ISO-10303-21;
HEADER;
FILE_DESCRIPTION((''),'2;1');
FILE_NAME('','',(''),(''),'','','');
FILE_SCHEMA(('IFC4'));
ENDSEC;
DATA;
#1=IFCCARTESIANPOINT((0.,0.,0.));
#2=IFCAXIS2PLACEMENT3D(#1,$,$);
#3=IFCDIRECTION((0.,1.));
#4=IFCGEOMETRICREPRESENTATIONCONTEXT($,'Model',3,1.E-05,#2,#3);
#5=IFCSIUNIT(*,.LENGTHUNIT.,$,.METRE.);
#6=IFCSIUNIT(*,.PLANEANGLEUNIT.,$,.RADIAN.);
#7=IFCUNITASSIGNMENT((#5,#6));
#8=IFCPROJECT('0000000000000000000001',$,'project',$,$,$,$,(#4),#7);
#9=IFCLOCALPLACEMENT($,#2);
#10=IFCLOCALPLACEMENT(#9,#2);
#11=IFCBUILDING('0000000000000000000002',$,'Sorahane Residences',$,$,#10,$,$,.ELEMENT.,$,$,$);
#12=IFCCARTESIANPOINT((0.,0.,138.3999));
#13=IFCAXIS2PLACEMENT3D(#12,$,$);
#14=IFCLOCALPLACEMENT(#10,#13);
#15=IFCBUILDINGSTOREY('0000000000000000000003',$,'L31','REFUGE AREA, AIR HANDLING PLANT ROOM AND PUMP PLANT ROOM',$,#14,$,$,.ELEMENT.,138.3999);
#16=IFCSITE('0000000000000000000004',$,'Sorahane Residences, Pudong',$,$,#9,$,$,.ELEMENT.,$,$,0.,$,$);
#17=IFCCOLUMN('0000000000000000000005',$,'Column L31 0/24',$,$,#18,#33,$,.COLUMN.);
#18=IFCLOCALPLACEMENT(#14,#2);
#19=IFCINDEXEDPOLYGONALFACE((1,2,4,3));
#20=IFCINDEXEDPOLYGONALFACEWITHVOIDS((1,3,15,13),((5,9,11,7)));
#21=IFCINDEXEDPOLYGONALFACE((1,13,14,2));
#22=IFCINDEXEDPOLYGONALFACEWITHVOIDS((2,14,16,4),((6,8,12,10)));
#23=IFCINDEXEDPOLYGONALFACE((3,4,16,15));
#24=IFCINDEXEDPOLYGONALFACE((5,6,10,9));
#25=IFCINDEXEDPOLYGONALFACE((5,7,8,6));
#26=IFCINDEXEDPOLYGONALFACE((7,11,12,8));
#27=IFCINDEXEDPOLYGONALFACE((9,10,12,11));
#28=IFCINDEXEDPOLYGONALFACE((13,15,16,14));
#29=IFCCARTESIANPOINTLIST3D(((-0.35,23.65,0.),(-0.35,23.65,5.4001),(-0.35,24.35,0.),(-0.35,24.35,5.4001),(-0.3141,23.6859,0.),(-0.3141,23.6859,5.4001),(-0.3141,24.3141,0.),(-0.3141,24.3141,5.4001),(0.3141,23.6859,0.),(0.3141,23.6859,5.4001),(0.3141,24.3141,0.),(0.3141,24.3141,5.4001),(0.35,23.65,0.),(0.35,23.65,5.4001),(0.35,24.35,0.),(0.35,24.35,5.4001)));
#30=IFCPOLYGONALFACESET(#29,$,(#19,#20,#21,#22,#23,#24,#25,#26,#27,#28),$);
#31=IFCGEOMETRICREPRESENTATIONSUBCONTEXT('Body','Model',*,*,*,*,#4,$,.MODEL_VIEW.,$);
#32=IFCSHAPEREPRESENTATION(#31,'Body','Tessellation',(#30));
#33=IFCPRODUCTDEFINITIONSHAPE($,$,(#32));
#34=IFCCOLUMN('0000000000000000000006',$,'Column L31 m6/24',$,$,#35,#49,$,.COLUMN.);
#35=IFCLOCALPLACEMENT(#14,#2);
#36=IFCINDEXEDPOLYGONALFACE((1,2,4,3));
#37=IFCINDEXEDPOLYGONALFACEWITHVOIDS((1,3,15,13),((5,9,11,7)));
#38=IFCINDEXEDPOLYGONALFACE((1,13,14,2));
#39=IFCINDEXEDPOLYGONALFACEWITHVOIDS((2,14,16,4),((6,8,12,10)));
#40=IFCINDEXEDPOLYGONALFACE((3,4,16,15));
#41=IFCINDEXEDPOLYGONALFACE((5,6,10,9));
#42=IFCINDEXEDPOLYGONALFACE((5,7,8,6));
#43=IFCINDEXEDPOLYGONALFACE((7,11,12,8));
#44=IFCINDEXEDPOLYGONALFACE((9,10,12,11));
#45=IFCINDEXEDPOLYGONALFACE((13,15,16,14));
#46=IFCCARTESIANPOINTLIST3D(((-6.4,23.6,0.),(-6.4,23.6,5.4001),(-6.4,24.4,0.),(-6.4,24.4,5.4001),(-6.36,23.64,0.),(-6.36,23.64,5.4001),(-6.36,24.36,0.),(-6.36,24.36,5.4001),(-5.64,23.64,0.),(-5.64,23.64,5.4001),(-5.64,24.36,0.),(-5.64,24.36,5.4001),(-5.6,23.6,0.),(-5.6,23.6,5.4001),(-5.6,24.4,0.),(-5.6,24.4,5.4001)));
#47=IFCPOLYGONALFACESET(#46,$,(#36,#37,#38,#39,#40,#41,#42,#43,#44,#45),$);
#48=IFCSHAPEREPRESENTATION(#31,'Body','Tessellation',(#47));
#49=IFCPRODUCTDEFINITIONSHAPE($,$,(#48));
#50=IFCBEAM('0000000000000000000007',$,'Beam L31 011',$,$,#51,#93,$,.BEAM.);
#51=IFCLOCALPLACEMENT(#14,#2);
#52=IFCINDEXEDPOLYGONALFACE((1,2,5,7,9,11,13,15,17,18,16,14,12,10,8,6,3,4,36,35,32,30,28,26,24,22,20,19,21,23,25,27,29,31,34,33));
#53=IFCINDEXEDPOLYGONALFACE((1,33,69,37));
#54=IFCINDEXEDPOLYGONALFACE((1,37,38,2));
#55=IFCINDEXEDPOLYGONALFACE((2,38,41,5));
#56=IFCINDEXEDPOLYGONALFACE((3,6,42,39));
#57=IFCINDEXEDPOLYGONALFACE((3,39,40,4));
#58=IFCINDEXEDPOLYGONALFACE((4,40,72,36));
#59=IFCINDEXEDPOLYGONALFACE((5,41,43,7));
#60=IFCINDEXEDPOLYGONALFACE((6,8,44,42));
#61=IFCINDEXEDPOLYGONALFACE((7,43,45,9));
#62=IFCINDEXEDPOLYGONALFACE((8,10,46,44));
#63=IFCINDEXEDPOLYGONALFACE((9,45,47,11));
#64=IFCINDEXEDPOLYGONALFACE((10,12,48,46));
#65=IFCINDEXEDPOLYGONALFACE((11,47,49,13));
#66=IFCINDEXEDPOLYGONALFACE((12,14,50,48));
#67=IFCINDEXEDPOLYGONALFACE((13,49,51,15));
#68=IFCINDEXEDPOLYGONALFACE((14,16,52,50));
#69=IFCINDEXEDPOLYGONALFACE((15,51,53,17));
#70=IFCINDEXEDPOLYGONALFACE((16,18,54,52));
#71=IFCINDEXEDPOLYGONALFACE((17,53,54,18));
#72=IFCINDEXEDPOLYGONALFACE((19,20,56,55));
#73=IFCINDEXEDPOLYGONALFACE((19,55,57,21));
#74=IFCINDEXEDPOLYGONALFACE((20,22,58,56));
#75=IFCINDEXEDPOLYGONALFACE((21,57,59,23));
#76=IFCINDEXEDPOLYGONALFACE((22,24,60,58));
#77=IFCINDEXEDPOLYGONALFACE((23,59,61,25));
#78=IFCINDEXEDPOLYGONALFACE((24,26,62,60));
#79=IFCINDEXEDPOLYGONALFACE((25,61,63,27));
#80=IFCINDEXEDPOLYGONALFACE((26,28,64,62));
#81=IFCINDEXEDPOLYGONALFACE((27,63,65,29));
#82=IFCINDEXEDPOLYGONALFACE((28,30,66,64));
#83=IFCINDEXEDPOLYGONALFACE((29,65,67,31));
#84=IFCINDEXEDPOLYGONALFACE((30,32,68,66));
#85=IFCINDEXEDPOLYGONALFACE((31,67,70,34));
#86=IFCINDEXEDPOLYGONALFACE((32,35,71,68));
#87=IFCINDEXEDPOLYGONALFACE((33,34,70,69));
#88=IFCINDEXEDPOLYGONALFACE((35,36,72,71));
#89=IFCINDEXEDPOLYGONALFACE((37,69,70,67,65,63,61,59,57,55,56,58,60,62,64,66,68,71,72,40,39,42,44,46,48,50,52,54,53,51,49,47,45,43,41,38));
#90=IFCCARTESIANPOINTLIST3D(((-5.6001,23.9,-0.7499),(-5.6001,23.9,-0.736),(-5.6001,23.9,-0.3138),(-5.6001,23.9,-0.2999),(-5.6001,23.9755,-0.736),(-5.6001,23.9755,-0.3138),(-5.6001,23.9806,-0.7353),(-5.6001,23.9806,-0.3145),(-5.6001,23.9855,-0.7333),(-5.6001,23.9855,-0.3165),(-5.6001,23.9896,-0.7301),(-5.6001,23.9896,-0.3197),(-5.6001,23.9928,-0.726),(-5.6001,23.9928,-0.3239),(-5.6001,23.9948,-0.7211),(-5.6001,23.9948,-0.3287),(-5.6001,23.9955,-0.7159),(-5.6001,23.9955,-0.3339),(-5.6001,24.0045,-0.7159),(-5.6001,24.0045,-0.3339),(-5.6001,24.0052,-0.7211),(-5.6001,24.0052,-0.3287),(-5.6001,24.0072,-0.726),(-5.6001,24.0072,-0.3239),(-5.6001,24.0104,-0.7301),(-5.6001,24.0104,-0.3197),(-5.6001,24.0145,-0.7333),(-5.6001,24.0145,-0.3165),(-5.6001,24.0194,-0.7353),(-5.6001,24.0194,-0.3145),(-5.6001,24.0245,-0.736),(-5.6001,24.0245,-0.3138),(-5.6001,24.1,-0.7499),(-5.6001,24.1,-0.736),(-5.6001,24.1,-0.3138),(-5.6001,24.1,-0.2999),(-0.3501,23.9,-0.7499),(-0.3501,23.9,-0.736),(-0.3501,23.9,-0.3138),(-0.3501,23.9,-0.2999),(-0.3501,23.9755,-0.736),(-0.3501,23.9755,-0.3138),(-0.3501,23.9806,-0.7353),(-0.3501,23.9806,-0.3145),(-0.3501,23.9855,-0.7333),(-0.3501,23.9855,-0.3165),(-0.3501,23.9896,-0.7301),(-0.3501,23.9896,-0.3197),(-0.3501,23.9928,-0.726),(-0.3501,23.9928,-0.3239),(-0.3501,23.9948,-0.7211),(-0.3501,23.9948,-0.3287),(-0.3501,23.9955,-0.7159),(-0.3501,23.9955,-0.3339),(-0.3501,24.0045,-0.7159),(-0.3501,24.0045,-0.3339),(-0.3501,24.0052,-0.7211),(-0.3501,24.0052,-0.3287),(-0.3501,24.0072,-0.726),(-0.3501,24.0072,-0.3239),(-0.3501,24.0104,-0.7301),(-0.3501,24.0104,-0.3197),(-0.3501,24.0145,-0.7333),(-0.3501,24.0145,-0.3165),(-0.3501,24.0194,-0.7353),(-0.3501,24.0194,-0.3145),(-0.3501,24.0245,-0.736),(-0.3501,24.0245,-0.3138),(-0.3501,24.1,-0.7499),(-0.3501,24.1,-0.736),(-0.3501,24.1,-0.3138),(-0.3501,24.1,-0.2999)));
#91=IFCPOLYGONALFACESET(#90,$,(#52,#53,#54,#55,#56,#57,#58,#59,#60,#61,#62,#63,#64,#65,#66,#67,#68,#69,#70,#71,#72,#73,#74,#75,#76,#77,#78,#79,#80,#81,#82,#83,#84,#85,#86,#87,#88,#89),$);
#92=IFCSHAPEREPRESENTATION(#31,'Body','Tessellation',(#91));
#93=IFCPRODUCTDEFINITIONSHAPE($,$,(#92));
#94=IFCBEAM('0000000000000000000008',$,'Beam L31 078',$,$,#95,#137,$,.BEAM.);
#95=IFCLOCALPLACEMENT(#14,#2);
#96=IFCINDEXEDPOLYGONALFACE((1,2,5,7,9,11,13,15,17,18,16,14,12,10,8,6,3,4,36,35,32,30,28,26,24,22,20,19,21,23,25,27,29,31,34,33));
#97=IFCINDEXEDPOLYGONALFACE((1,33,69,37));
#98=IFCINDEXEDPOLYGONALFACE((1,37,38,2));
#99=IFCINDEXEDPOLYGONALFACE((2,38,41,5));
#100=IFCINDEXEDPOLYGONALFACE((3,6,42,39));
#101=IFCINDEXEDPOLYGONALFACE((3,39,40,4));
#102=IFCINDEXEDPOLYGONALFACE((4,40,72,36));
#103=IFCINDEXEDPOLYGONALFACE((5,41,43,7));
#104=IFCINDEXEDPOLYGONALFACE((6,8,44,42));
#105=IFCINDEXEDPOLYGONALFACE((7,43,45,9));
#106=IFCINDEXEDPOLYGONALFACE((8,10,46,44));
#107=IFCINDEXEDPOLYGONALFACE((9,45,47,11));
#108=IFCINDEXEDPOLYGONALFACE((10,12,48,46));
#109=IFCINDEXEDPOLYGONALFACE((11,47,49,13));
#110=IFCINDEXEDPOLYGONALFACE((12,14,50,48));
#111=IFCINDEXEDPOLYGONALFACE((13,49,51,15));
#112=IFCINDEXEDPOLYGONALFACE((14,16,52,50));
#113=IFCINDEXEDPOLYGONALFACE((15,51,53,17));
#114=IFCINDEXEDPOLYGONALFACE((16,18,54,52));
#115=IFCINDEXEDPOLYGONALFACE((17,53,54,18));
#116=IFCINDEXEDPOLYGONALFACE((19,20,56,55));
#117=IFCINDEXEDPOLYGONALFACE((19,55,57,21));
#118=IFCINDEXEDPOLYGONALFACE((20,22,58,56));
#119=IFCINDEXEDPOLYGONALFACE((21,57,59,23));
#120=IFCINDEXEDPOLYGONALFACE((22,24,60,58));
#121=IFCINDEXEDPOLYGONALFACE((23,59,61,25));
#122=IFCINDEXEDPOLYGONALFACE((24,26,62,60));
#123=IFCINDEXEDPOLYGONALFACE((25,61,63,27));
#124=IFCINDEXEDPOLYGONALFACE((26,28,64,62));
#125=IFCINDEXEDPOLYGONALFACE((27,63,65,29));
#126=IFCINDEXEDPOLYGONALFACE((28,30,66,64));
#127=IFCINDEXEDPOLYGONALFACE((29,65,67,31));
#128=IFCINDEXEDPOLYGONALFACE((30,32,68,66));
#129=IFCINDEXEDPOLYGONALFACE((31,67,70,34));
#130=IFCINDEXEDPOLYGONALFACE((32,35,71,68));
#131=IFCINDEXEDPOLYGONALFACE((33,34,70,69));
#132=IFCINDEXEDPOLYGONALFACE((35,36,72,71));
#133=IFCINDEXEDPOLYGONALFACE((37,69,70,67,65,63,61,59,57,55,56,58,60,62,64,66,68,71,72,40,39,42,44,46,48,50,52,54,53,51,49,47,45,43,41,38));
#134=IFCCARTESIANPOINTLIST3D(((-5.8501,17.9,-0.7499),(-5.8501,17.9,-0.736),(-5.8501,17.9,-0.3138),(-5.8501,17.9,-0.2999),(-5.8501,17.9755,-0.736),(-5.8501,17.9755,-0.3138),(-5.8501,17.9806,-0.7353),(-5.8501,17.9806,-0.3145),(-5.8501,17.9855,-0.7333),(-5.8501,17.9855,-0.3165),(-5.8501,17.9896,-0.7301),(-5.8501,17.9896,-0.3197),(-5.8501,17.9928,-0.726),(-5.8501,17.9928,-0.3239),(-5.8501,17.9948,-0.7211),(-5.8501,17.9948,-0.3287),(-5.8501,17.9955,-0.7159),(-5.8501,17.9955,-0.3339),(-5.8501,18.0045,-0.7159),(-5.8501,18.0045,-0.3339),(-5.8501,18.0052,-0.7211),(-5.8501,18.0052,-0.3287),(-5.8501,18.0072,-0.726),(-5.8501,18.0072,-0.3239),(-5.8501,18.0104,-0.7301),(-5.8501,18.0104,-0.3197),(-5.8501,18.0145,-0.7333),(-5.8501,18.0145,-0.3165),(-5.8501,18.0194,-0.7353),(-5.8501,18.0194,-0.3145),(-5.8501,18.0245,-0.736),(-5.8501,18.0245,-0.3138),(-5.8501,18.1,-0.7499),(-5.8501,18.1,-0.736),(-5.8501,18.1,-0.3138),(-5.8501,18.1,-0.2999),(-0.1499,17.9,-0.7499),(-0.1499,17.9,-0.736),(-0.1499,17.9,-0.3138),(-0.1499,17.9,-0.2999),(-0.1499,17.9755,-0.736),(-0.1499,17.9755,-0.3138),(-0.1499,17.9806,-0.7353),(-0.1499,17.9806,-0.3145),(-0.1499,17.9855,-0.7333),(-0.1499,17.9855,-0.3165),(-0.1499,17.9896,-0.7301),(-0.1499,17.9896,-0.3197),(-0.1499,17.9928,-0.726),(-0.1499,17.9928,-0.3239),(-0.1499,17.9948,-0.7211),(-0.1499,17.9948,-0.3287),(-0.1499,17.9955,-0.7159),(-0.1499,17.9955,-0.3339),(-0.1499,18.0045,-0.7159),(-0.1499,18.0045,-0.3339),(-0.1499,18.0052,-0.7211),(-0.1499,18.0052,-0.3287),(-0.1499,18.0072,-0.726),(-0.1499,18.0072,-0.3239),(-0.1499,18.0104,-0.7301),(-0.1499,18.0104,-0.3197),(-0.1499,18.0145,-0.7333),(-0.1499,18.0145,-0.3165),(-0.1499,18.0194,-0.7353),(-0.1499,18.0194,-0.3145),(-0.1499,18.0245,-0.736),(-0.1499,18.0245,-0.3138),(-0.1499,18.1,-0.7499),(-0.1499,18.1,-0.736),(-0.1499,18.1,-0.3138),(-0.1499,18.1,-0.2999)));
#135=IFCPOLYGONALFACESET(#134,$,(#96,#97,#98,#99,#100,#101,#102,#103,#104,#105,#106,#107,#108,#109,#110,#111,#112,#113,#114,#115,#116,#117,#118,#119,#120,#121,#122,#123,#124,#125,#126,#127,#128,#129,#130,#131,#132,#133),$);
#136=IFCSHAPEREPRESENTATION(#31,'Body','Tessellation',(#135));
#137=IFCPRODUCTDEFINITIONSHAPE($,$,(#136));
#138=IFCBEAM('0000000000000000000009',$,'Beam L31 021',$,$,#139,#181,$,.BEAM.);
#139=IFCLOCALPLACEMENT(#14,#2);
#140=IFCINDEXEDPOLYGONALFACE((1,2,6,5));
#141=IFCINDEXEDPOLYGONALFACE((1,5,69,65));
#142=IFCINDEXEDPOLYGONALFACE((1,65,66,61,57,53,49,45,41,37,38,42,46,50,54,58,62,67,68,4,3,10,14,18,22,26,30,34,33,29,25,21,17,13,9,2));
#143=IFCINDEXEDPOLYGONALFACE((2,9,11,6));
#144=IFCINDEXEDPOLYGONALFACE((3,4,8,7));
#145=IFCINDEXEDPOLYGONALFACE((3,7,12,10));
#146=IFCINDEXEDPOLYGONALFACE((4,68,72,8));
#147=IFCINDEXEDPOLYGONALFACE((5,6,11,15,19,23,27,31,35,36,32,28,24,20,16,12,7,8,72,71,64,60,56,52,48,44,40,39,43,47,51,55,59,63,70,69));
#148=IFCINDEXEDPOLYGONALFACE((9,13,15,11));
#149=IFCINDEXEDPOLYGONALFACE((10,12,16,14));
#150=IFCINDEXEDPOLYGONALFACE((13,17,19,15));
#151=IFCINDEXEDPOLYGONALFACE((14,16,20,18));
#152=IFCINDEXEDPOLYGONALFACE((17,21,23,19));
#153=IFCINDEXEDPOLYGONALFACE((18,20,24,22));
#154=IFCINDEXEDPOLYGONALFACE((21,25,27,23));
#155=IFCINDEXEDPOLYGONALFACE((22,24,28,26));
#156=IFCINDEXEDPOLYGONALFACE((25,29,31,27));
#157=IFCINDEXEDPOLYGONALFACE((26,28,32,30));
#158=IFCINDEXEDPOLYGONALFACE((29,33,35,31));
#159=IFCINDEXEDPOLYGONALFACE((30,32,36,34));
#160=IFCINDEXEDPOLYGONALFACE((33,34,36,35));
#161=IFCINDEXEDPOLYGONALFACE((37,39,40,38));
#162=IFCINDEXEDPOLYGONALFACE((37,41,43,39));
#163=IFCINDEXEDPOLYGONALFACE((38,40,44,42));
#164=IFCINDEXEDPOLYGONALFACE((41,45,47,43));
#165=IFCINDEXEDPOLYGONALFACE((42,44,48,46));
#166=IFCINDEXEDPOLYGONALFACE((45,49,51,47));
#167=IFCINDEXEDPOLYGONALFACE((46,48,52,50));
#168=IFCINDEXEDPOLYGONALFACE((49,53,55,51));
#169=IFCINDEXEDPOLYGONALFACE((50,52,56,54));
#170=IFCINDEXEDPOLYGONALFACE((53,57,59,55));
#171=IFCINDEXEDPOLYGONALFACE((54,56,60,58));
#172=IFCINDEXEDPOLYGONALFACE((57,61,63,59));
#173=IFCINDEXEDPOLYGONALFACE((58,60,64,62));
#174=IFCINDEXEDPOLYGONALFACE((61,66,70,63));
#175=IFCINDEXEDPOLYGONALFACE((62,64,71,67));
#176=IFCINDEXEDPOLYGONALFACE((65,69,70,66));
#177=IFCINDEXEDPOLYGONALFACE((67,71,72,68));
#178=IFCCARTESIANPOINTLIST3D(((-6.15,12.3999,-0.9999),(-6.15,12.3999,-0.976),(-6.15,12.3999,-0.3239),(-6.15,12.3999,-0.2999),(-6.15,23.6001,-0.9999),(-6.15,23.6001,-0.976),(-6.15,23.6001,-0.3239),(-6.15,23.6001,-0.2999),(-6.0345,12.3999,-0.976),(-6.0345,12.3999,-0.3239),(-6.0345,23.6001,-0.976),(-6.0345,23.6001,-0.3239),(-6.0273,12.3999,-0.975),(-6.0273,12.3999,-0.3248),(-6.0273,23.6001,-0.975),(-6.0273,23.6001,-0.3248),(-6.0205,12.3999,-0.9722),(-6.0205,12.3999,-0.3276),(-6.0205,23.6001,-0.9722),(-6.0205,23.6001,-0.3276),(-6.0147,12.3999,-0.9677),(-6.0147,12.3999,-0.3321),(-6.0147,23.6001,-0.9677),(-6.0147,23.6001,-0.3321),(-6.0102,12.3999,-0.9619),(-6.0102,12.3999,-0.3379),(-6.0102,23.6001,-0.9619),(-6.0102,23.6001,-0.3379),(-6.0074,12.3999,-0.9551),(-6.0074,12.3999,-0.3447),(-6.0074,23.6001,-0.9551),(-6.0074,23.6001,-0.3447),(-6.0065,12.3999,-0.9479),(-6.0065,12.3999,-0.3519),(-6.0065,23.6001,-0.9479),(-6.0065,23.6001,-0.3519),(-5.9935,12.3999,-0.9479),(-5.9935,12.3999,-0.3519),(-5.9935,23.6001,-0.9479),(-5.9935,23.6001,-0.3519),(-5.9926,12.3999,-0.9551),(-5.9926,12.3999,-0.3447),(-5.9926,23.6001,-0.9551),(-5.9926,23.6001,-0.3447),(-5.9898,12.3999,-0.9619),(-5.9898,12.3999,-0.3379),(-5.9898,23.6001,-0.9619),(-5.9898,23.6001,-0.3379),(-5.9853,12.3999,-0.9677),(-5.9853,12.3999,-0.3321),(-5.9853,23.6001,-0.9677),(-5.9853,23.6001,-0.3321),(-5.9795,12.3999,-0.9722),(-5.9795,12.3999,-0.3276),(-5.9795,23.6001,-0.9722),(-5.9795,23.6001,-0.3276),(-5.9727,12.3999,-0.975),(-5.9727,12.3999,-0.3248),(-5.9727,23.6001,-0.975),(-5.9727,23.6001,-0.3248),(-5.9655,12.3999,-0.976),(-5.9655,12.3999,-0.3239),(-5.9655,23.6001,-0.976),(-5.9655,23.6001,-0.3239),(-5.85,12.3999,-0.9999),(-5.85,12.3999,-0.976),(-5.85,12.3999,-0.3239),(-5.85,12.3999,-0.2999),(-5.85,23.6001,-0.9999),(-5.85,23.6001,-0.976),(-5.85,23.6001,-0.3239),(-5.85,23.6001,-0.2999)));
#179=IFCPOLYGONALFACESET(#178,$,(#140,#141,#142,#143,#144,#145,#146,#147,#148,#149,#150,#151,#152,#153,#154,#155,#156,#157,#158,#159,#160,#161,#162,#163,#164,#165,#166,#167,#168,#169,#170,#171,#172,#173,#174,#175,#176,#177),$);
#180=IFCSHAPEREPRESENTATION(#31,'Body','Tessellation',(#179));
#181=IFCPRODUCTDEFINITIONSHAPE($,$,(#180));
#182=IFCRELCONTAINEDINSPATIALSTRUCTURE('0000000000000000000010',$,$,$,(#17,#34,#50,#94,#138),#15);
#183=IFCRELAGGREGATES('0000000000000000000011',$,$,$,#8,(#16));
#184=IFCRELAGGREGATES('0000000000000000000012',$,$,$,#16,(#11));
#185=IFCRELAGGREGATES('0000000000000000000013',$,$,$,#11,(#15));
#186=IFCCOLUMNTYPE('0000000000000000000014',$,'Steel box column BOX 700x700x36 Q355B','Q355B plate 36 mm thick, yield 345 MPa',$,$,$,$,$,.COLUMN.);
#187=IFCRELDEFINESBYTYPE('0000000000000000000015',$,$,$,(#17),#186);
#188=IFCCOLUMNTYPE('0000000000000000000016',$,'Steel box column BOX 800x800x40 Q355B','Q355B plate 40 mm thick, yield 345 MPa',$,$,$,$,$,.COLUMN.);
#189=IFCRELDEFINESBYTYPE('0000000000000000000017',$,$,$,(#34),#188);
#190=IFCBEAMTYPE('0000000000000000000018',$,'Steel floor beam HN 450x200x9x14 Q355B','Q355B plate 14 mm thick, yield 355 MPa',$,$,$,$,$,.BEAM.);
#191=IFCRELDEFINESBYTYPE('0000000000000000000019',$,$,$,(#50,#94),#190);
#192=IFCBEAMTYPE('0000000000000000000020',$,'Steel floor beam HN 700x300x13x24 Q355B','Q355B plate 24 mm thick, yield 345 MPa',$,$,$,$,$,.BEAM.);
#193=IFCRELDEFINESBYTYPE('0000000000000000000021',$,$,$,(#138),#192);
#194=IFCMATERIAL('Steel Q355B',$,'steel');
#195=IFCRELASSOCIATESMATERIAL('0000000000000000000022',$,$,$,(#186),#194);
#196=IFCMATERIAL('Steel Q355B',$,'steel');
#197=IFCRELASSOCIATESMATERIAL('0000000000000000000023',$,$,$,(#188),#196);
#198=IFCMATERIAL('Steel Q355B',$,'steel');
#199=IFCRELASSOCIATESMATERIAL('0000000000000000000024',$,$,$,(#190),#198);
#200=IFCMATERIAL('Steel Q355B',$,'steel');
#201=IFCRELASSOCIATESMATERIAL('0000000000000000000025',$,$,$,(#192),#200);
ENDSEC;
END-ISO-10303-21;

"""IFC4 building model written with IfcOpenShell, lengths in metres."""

from ifc_helpers import new_model, si_unit, direction, frame, origin, origin_2d, place, context, subcontext, project, spatial, hollow_rectangle, i_section, extrude, material, material_profile, profile_set, type_object, element, save


model = new_model("IFC4")

# Units and contexts
model_context = context("Model", 3, precision=1e-05, world=origin(), true_north=direction((0.0, 1.0)))
body_context = subcontext(model_context, "Body", "Model", "MODEL_VIEW")
ifc_project = project(units=[si_unit("LENGTHUNIT", "METRE"), si_unit("PLANEANGLEUNIT", "RADIAN")], contexts=[model_context])

# Site, building, storey
site_placement = place(None, origin())
site = spatial("IfcSite", under=ifc_project, at=site_placement, Name="Sorahane Residences, Pudong", CompositionType="ELEMENT", RefElevation=0.0)
building_placement = place(site_placement, origin())
building = spatial("IfcBuilding", under=site, at=building_placement, Name="Sorahane Residences", CompositionType="ELEMENT")
storey_placement = place(building_placement, frame((0.0, 0.0, 138.3999)))
storey = spatial("IfcBuildingStorey", under=building, at=storey_placement, Name="L31", Description="REFUGE AREA, AIR HANDLING PLANT ROOM AND PUMP PLANT ROOM", CompositionType="ELEMENT", Elevation=138.3999)

# Columns
ifc_material_1 = material(Name="Steel Q355B", Category="steel")
ifc_material_profile_1 = material_profile(ifc_material_1, hollow_rectangle(XDim=0.7, YDim=0.7, WallThickness=0.0359, at=origin_2d()), Name="BOX 700x700x36")
ifc_profile_set_1 = profile_set([ifc_material_profile_1], Name="Steel Q355B")
column_type_1 = type_object("IfcColumnType", Name="Steel box column BOX 700x700x36 Q355B", Description="Q355B plate 36 mm thick, yield 345 MPa", PredefinedType="COLUMN", material=ifc_profile_set_1)
column_1_placement = place(storey_placement, frame((0.0, 24.0, 0.0), z_axis=(0.0, 0.0, 1.0), x_axis=(1.0, 0.0, 0.0)))
element("IfcColumn", 1, at=column_1_placement, inside=storey, type_object=column_type_1, Name="Column L31 0/24", PredefinedType="COLUMN", context=body_context, shape_type="SweptSolid", body=[
    extrude(hollow_rectangle(XDim=0.7, YDim=0.7, WallThickness=0.0359, at=origin_2d()), origin(), (0.0, 0.0, 1.0), 5.4001),
])
ifc_material_2 = material(Name="Steel Q355B", Category="steel")
ifc_material_profile_2 = material_profile(ifc_material_2, hollow_rectangle(XDim=0.8, YDim=0.8, WallThickness=0.04, at=origin_2d()), Name="BOX 800x800x40")
ifc_profile_set_2 = profile_set([ifc_material_profile_2], Name="Steel Q355B")
column_type_2 = type_object("IfcColumnType", Name="Steel box column BOX 800x800x40 Q355B", Description="Q355B plate 40 mm thick, yield 345 MPa", PredefinedType="COLUMN", material=ifc_profile_set_2)
column_2_placement = place(storey_placement, frame((-6.0, 24.0, 0.0), z_axis=(0.0, 0.0, 1.0), x_axis=(1.0, 0.0, 0.0)))
element("IfcColumn", 2, at=column_2_placement, inside=storey, type_object=column_type_2, Name="Column L31 m6/24", PredefinedType="COLUMN", context=body_context, shape_type="SweptSolid", body=[
    extrude(hollow_rectangle(XDim=0.8, YDim=0.8, WallThickness=0.04, at=origin_2d()), origin(), (0.0, 0.0, 1.0), 5.4001),
])

# Beams
ifc_material_3 = material(Name="Steel Q355B", Category="steel")
ifc_material_profile_3 = material_profile(ifc_material_3, i_section(OverallWidth=0.2, OverallDepth=0.45, WebThickness=0.009, FlangeThickness=0.0139, FilletRadius=0.02, at=origin_2d()), Name="HN 450x200x9x14")
ifc_profile_set_3 = profile_set([ifc_material_profile_3], Name="Steel Q355B")
beam_type_1 = type_object("IfcBeamType", Name="Steel floor beam HN 450x200x9x14 Q355B", Description="Q355B plate 14 mm thick, yield 355 MPa", PredefinedType="BEAM", material=ifc_profile_set_3)
beam_1_placement = place(storey_placement, frame((-5.6001, 24.0, -0.5249), z_axis=(1.0, 0.0, 0.0), x_axis=(0.0, 1.0, 0.0)))
element("IfcBeam", 3, at=beam_1_placement, inside=storey, type_object=beam_type_1, Name="Beam L31 011", PredefinedType="BEAM", context=body_context, shape_type="SweptSolid", body=[
    extrude(i_section(OverallWidth=0.2, OverallDepth=0.45, WebThickness=0.009, FlangeThickness=0.0139, FilletRadius=0.02, at=origin_2d()), origin(), (0.0, 0.0, 1.0), 5.25),
])
beam_2_placement = place(storey_placement, frame((-5.8501, 18.0, -0.5249), z_axis=(1.0, 0.0, 0.0), x_axis=(0.0, 1.0, 0.0)))
element("IfcBeam", 4, at=beam_2_placement, inside=storey, type_object=beam_type_1, Name="Beam L31 078", PredefinedType="BEAM", context=body_context, shape_type="SweptSolid", body=[
    extrude(i_section(OverallWidth=0.2, OverallDepth=0.45, WebThickness=0.009, FlangeThickness=0.0139, FilletRadius=0.02, at=origin_2d()), origin(), (0.0, 0.0, 1.0), 5.7002),
])
ifc_material_4 = material(Name="Steel Q355B", Category="steel")
ifc_material_profile_4 = material_profile(ifc_material_4, i_section(OverallWidth=0.3, OverallDepth=0.7, WebThickness=0.0129, FlangeThickness=0.0239, FilletRadius=0.0281, at=origin_2d()), Name="HN 700x300x13x24")
ifc_profile_set_4 = profile_set([ifc_material_profile_4], Name="Steel Q355B")
beam_type_2 = type_object("IfcBeamType", Name="Steel floor beam HN 700x300x13x24 Q355B", Description="Q355B plate 24 mm thick, yield 345 MPa", PredefinedType="BEAM", material=ifc_profile_set_4)
for number, where, z_axis, x_axis, name in (
    (5, (-6.0, 12.3999, -0.6499), (0.0, 1.0, 0.0), (-1.0, 0.0, 0.0), "Beam L31 021"),
):
    element("IfcBeam", number, at=place(storey_placement, frame(where, z_axis=z_axis, x_axis=x_axis)), inside=storey, type_object=beam_type_2, Name=name, PredefinedType="BEAM", context=body_context, shape_type="SweptSolid", body=[
        extrude(i_section(OverallWidth=0.3, OverallDepth=0.7, WebThickness=0.0129, FlangeThickness=0.0239, FilletRadius=0.0281, at=origin_2d()), origin(), (0.0, 0.0, 1.0), 11.2002),
    ])

save(model, "model.ifc")
